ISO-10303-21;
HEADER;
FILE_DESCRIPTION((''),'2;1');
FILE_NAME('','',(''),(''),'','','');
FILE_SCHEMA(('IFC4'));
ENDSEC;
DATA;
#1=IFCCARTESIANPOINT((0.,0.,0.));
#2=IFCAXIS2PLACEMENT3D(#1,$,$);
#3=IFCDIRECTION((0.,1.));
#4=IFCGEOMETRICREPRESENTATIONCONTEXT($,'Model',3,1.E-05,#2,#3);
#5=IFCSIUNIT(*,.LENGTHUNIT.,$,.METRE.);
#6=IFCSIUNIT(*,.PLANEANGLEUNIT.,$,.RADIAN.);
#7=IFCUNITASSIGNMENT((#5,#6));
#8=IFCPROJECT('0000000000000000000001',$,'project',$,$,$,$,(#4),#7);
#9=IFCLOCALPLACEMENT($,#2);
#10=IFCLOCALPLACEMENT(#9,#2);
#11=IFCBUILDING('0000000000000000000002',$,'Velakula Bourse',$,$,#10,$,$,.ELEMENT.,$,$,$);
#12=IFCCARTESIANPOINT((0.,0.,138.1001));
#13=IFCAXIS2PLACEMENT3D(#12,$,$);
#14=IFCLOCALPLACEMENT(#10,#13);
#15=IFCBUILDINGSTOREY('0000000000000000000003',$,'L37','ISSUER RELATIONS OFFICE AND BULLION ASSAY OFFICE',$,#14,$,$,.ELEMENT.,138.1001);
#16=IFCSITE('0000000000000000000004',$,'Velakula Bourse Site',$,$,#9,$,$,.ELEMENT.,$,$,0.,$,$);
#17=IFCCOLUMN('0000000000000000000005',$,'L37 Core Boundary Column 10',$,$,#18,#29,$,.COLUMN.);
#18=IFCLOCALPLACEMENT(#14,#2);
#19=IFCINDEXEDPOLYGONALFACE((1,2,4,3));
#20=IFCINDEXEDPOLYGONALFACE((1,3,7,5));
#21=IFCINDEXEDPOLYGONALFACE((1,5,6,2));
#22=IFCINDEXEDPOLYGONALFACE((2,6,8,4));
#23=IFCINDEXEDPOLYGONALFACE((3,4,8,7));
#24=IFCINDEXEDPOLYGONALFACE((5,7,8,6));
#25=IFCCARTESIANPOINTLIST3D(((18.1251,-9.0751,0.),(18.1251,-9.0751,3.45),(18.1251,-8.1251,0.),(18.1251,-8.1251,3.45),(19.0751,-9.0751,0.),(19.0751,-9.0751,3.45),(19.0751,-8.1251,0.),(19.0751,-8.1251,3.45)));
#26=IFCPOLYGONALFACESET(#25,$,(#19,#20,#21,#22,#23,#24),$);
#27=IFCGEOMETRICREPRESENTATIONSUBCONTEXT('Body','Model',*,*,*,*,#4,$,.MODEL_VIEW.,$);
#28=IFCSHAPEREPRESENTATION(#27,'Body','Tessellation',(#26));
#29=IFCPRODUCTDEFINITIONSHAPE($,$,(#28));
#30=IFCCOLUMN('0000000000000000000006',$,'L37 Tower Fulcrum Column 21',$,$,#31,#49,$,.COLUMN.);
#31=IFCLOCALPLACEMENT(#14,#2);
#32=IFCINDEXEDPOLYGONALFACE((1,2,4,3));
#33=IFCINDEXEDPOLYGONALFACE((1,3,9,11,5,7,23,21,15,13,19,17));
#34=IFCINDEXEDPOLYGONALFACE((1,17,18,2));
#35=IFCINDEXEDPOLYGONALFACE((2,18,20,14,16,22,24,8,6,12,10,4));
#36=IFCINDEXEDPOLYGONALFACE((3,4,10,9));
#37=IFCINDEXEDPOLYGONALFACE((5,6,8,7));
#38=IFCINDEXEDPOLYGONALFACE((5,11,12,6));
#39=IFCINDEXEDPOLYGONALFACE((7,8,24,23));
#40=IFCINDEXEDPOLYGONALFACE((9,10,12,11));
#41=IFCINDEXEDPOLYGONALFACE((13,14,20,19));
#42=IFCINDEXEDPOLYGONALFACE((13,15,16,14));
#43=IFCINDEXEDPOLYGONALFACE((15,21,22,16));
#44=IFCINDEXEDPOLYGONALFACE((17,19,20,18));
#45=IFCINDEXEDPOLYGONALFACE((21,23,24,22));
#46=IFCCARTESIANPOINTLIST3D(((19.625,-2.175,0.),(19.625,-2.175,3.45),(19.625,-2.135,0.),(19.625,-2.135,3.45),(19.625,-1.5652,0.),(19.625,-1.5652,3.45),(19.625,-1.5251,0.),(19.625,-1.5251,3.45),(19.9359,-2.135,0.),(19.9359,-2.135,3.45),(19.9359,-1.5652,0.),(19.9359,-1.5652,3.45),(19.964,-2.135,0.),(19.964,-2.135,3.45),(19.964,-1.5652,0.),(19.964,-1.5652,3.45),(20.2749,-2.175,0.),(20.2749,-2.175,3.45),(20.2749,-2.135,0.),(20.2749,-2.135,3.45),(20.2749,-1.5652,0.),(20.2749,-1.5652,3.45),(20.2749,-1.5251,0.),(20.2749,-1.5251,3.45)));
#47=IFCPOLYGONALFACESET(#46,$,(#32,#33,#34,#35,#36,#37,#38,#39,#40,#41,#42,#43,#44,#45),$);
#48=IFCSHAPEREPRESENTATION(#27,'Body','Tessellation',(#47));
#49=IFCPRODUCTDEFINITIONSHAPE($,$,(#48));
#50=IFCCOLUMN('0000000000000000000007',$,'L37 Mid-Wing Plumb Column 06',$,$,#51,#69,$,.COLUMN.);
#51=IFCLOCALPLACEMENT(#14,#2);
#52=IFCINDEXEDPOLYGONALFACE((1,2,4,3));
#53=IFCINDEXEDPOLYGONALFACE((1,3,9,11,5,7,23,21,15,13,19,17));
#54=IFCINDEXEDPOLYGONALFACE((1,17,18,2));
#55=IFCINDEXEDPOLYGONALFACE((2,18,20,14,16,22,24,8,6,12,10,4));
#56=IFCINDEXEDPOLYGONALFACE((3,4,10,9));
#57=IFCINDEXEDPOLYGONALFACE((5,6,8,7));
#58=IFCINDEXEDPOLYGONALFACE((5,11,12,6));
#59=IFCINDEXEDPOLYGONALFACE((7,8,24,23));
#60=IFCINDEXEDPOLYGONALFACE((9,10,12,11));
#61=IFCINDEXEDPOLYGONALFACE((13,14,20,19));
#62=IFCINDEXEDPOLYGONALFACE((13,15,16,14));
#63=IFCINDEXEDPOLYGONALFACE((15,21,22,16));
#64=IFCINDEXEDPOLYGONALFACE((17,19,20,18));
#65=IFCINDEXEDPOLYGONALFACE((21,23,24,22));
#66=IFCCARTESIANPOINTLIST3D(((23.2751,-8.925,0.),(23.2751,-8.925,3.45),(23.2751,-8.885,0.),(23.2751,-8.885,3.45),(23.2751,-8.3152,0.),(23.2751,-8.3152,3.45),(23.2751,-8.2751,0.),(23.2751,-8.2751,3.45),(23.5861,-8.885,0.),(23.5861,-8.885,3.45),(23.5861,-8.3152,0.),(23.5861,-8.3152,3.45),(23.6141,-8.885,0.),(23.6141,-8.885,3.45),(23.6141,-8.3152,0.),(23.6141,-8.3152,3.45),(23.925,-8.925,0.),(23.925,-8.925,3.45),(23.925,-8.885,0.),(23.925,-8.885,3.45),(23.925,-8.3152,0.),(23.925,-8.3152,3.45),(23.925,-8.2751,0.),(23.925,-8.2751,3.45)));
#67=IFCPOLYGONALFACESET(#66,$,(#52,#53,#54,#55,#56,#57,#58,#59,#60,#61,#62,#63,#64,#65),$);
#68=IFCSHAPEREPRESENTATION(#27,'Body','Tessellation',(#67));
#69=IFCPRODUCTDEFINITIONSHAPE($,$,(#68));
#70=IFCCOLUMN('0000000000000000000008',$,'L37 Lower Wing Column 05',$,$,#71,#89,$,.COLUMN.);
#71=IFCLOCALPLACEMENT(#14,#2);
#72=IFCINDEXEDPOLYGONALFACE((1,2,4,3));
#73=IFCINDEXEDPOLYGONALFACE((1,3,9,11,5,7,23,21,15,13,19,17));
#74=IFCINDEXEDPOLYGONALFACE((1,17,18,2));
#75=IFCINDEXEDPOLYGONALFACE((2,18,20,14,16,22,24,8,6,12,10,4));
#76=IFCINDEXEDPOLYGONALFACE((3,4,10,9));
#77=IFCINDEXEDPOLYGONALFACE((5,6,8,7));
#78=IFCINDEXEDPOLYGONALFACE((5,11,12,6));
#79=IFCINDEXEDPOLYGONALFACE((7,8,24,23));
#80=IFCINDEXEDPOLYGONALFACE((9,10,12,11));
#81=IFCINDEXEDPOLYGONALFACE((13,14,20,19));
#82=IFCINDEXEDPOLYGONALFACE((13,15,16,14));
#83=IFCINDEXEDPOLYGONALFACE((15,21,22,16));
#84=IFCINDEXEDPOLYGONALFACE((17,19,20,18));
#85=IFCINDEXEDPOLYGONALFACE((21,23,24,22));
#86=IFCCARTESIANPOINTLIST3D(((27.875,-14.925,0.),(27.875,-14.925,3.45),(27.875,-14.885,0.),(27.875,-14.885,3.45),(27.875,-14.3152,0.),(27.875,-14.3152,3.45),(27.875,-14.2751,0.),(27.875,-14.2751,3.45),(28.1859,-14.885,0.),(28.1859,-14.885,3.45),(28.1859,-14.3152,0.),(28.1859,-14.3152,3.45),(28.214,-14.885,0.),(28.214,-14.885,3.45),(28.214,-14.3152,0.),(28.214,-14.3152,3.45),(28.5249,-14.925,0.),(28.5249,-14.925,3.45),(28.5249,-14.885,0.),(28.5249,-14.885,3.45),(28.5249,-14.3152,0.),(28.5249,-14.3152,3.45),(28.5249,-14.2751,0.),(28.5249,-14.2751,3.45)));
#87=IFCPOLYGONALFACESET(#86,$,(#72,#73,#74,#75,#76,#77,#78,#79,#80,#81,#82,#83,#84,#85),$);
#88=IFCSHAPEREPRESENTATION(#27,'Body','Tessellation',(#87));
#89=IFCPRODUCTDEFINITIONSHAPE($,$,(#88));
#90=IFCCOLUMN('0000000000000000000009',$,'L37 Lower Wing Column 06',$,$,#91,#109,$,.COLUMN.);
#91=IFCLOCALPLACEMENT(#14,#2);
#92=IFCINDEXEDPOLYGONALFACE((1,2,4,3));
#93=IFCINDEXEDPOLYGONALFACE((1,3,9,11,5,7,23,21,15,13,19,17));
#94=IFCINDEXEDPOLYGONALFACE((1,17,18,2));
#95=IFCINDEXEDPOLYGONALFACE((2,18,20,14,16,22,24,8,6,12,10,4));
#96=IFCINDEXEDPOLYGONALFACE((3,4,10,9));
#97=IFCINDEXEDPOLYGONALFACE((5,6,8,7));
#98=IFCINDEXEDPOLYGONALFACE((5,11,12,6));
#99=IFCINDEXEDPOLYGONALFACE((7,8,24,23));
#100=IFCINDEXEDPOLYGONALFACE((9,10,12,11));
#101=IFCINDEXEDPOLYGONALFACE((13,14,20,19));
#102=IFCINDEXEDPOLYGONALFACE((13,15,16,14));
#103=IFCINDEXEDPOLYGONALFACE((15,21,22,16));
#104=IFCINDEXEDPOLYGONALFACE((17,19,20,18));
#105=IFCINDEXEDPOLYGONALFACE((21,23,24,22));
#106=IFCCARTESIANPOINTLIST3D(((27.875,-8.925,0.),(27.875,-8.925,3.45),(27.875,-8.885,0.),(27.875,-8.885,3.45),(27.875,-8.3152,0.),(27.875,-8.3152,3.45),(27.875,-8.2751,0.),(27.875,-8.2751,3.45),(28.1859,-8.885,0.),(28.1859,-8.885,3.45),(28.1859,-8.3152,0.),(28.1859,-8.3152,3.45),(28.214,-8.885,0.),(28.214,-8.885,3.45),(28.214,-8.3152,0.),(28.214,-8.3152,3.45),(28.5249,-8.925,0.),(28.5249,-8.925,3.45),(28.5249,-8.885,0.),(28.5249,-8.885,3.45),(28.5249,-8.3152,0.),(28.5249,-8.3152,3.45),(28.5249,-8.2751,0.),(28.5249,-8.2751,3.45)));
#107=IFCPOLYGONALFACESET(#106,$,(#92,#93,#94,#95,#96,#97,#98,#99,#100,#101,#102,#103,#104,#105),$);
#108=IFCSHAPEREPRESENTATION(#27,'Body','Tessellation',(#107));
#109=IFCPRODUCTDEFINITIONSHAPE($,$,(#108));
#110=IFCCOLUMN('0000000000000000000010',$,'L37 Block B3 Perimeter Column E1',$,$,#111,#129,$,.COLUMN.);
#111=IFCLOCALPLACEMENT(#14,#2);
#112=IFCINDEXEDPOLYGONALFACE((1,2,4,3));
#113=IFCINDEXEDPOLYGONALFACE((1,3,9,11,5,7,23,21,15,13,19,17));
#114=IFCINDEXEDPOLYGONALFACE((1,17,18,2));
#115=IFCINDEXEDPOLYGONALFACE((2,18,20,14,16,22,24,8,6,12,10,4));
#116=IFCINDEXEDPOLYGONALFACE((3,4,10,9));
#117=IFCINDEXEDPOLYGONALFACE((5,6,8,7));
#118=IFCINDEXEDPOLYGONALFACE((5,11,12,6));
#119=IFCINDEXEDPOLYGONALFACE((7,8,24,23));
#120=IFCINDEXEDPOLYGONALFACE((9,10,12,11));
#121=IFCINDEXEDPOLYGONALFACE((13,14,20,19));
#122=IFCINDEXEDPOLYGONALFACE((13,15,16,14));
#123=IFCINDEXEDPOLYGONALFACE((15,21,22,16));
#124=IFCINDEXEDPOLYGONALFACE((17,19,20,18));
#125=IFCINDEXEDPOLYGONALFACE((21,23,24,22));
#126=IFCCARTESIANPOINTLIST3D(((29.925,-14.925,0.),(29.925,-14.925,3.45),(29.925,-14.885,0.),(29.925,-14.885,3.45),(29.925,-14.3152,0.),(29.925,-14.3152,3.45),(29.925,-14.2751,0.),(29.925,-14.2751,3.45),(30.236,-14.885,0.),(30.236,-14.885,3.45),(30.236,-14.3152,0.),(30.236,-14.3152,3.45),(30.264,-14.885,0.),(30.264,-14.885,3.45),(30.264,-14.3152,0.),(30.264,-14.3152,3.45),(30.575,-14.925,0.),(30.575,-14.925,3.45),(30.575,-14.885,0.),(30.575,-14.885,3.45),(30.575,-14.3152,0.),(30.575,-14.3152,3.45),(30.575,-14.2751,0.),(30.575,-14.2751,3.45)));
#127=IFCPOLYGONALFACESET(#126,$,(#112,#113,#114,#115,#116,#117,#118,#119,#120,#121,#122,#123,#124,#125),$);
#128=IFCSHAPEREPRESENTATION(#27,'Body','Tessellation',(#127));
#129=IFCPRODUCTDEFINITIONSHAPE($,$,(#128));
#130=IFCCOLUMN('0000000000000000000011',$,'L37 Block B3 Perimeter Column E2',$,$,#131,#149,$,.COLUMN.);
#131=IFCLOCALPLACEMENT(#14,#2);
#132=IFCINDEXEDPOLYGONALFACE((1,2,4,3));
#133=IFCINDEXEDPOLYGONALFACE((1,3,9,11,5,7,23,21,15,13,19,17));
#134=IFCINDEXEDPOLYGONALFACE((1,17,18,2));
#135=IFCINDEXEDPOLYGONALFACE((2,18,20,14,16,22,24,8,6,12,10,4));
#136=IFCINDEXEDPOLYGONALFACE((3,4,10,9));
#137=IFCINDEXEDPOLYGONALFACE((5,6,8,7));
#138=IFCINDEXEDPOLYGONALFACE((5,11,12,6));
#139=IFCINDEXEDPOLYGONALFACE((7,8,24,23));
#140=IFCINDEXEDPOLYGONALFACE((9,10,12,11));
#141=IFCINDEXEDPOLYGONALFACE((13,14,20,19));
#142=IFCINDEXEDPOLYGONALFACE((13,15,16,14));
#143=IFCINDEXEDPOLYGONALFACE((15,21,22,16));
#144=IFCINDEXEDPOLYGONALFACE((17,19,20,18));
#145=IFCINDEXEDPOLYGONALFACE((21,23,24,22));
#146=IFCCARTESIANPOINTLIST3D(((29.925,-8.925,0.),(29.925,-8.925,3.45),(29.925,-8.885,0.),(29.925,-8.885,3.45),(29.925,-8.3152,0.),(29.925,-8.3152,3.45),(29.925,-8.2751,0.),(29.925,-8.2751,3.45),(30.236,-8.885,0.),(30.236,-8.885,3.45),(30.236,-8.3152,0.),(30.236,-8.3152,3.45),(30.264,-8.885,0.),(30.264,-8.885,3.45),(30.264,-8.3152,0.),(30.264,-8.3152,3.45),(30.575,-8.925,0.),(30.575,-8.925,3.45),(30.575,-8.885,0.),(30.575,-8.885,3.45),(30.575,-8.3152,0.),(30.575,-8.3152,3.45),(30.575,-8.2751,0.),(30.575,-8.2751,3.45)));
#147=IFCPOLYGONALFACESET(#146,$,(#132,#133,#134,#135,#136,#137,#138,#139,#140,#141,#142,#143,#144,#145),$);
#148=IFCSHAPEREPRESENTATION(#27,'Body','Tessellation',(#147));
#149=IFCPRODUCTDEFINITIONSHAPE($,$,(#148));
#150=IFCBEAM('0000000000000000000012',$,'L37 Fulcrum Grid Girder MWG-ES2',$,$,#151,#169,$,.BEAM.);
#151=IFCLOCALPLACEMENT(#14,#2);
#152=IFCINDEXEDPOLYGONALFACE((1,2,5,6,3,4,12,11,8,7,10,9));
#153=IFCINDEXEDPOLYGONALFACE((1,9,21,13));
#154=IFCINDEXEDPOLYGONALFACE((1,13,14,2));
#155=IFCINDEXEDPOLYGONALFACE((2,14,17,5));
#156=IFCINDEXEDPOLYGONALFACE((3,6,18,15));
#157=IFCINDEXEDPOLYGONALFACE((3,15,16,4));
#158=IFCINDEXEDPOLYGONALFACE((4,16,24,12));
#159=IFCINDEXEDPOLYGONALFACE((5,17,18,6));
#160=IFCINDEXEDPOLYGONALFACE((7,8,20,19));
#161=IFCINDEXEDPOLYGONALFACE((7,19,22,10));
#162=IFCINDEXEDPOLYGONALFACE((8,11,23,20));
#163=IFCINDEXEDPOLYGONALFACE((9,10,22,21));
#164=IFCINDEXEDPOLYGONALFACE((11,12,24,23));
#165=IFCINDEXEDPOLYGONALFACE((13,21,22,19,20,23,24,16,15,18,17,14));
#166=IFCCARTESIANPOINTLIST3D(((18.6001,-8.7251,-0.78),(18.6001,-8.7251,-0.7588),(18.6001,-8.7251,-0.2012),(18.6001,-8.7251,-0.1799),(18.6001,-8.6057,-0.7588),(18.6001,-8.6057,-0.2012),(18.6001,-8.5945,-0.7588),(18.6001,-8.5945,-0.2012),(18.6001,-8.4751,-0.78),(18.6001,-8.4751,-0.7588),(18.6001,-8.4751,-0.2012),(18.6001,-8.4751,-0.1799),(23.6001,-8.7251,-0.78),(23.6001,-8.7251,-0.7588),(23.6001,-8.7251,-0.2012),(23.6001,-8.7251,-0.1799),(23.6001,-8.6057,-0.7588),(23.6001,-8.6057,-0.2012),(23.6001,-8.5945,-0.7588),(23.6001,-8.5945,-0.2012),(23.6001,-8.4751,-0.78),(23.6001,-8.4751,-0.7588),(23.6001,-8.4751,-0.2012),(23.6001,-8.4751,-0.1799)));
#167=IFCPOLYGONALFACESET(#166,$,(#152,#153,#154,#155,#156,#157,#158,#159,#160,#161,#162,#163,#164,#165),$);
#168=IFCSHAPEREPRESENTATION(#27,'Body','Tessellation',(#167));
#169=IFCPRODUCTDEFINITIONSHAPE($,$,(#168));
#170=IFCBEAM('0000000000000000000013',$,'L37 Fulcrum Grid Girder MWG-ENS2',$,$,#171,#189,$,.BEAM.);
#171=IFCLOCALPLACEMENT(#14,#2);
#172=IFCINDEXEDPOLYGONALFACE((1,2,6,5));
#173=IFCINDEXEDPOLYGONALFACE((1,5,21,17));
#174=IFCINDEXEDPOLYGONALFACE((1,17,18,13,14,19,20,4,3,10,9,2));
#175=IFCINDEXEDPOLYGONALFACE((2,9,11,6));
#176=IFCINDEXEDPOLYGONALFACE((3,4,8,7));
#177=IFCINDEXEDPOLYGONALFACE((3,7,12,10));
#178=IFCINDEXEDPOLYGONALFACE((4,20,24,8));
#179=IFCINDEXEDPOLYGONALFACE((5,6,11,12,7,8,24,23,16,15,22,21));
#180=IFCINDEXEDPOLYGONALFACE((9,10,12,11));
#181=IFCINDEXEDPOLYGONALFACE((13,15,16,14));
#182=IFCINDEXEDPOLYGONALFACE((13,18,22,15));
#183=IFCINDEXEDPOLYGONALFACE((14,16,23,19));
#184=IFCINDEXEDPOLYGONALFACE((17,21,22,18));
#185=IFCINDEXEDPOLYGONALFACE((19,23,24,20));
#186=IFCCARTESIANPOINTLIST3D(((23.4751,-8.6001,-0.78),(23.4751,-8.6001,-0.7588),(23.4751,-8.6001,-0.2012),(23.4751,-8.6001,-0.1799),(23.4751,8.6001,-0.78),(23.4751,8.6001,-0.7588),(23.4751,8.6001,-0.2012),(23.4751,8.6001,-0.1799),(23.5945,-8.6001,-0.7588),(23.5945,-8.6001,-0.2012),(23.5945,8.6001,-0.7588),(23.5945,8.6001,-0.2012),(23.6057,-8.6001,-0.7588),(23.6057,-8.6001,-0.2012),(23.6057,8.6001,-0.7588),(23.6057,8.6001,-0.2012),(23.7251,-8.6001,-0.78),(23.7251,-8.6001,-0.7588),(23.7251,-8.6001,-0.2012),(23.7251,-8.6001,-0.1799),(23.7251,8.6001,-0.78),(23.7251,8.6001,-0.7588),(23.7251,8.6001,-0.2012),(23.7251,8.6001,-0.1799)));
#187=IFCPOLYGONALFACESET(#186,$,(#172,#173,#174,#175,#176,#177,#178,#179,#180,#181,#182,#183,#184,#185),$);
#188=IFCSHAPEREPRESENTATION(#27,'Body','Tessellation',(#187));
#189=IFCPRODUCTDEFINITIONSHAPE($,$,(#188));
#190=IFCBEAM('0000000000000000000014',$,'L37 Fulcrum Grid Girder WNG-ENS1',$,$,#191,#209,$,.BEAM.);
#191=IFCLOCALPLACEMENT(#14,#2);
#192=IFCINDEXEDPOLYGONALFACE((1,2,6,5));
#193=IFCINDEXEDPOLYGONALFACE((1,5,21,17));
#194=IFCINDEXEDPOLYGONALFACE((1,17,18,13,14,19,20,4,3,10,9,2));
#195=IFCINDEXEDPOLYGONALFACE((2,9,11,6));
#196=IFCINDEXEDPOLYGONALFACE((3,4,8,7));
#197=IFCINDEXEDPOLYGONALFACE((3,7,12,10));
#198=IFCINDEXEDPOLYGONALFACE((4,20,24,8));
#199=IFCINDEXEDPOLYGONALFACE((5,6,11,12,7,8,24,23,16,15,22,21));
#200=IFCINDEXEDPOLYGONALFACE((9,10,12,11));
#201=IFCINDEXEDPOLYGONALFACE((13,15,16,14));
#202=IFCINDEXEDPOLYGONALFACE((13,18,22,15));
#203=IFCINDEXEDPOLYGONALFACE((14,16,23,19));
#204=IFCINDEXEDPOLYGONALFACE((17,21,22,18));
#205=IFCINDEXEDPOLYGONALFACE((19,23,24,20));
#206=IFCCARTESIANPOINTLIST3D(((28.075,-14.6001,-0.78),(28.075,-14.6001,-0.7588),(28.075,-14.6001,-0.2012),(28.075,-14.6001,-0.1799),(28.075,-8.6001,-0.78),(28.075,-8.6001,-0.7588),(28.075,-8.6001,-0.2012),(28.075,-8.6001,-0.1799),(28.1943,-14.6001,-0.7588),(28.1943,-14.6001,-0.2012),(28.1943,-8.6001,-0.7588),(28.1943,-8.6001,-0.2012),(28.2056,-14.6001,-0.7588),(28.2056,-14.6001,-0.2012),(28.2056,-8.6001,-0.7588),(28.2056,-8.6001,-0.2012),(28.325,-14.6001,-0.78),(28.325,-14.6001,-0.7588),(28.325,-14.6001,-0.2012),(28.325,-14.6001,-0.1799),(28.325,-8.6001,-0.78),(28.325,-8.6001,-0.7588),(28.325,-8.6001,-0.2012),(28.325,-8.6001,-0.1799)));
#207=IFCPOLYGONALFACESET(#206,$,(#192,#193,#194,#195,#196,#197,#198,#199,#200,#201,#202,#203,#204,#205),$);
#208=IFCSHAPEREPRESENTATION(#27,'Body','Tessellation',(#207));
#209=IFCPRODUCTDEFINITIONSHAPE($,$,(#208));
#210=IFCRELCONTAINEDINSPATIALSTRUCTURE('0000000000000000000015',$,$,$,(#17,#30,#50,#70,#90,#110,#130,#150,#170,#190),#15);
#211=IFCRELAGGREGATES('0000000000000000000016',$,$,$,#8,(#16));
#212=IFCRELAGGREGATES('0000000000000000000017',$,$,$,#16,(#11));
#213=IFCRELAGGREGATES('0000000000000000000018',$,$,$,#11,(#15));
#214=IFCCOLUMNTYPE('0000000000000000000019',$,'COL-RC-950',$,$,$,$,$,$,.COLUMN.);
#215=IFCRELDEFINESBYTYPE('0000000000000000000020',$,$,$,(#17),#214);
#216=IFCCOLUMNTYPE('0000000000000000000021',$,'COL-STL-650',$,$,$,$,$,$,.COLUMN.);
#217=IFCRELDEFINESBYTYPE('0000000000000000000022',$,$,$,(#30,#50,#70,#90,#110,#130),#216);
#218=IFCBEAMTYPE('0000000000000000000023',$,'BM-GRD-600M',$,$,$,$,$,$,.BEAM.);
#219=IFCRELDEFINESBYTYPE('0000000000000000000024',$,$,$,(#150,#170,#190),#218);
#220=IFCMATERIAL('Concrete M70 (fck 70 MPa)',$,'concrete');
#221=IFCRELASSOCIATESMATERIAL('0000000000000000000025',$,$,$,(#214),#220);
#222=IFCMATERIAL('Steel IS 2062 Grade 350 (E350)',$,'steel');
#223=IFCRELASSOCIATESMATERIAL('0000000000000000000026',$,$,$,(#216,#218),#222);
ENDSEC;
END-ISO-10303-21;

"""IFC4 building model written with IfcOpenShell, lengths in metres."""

from ifc_helpers import new_model, si_unit, direction, frame, origin, origin_2d, place, context, subcontext, project, spatial, rectangle, i_section, extrude, material, material_profile, profile_set, type_object, element, save


model = new_model("IFC4")

# Units and contexts
model_context = context("Model", 3, precision=1e-05, world=origin(), true_north=direction((0.0, 1.0)))
body_context = subcontext(model_context, "Body", "Model", "MODEL_VIEW")
ifc_project = project(units=[si_unit("LENGTHUNIT", "METRE"), si_unit("PLANEANGLEUNIT", "RADIAN")], contexts=[model_context])

# Site, building, storey
site_placement = place(None, origin())
site = spatial("IfcSite", under=ifc_project, at=site_placement, Name="Velakula Bourse Site", CompositionType="ELEMENT", RefElevation=0.0)
building_placement = place(site_placement, origin())
building = spatial("IfcBuilding", under=site, at=building_placement, Name="Velakula Bourse", CompositionType="ELEMENT")
storey_placement = place(building_placement, frame((0.0, 0.0, 138.1001)))
storey = spatial("IfcBuildingStorey", under=building, at=storey_placement, Name="L37", Description="ISSUER RELATIONS OFFICE AND BULLION ASSAY OFFICE", CompositionType="ELEMENT", Elevation=138.1001)

# Columns
ifc_material_1 = material(Name="Concrete M70 (fck 70 MPa)", Category="concrete")
ifc_material_profile_1 = material_profile(ifc_material_1, rectangle(XDim=0.95, YDim=0.95, at=origin_2d()), Name="Concrete M70 (fck 70 MPa)")
ifc_profile_set_1 = profile_set([ifc_material_profile_1], Name="Concrete M70 (fck 70 MPa)")
column_type_1 = type_object("IfcColumnType", Name="COL-RC-950", PredefinedType="COLUMN", material=ifc_profile_set_1)
column_placement = place(storey_placement, frame((18.6001, -8.6001, 0.0), z_axis=(0.0, 0.0, 1.0), x_axis=(1.0, 0.0, 0.0)))
element("IfcColumn", 1, at=column_placement, inside=storey, type_object=column_type_1, Name="L37 Core Boundary Column 10", PredefinedType="COLUMN", context=body_context, shape_type="SweptSolid", body=[
    extrude(rectangle(XDim=0.95, YDim=0.95, at=origin_2d()), origin(), (0.0, 0.0, 1.0), 3.45),
])
ifc_material_2 = material(Name="Steel IS 2062 Grade 350 (E350)", Category="steel")
ifc_material_profile_2 = material_profile(ifc_material_2, i_section(OverallWidth=0.6499, OverallDepth=0.6499, WebThickness=0.0281, FlangeThickness=0.04, at=origin_2d()), Name="Steel IS 2062 Grade 350 (E350)")
ifc_profile_set_2 = profile_set([ifc_material_profile_2], Name="Steel IS 2062 Grade 350 (E350)")
column_type_2 = type_object("IfcColumnType", Name="COL-STL-650", PredefinedType="COLUMN", material=ifc_profile_set_2)
for number, where, z_axis, x_axis, name in (
    (2, (19.95, -1.8501, 0.0), (0.0, 0.0, 1.0), (1.0, 0.0, 0.0), "L37 Tower Fulcrum Column 21"),
    (3, (23.6001, -8.6001, 0.0), (0.0, 0.0, 1.0), (1.0, 0.0, 0.0), "L37 Mid-Wing Plumb Column 06"),
    (4, (28.2, -14.6001, 0.0), (0.0, 0.0, 1.0), (1.0, 0.0, 0.0), "L37 Lower Wing Column 05"),
    (5, (28.2, -8.6001, 0.0), (0.0, 0.0, 1.0), (1.0, 0.0, 0.0), "L37 Lower Wing Column 06"),
    (6, (30.25, -14.6001, 0.0), (0.0, 0.0, 1.0), (1.0, 0.0, 0.0), "L37 Block B3 Perimeter Column E1"),
    (7, (30.25, -8.6001, 0.0), (0.0, 0.0, 1.0), (1.0, 0.0, 0.0), "L37 Block B3 Perimeter Column E2"),
):
    element("IfcColumn", number, at=place(storey_placement, frame(where, z_axis=z_axis, x_axis=x_axis)), inside=storey, type_object=column_type_2, Name=name, PredefinedType="COLUMN", context=body_context, shape_type="SweptSolid", body=[
        extrude(i_section(OverallWidth=0.6499, OverallDepth=0.6499, WebThickness=0.0281, FlangeThickness=0.04, at=origin_2d()), origin(), (0.0, 0.0, 1.0), 3.45),
    ])

# Beams
ifc_material_profile_3 = material_profile(ifc_material_2, i_section(OverallWidth=0.25, OverallDepth=0.6001, WebThickness=0.0112, FlangeThickness=0.0212, at=origin_2d()), Name="Steel IS 2062 Grade 350 (E350)")
ifc_profile_set_3 = profile_set([ifc_material_profile_3], Name="Steel IS 2062 Grade 350 (E350)")
beam_type_1 = type_object("IfcBeamType", Name="BM-GRD-600M", PredefinedType="BEAM", material=ifc_profile_set_3)
beam_1_placement = place(storey_placement, frame((18.6001, -8.6001, -0.48), z_axis=(1.0, 0.0, 0.0), x_axis=(0.0, 1.0, 0.0)))
element("IfcBeam", 8, at=beam_1_placement, inside=storey, type_object=beam_type_1, Name="L37 Fulcrum Grid Girder MWG-ES2", PredefinedType="BEAM", context=body_context, shape_type="SweptSolid", body=[
    extrude(i_section(OverallWidth=0.25, OverallDepth=0.6001, WebThickness=0.0112, FlangeThickness=0.0212, at=origin_2d()), origin(), (0.0, 0.0, 1.0), 5.0),
])
beam_2_placement = place(storey_placement, frame((23.6001, -8.6001, -0.48), z_axis=(0.0, 1.0, 0.0), x_axis=(-1.0, 0.0, 0.0)))
element("IfcBeam", 9, at=beam_2_placement, inside=storey, type_object=beam_type_1, Name="L37 Fulcrum Grid Girder MWG-ENS2", PredefinedType="BEAM", context=body_context, shape_type="SweptSolid", body=[
    extrude(i_section(OverallWidth=0.25, OverallDepth=0.6001, WebThickness=0.0112, FlangeThickness=0.0212, at=origin_2d()), origin(), (0.0, 0.0, 1.0), 17.2002),
])
beam_3_placement = place(storey_placement, frame((28.2, -14.6001, -0.48), z_axis=(0.0, 1.0, 0.0), x_axis=(-1.0, 0.0, 0.0)))
element("IfcBeam", 10, at=beam_3_placement, inside=storey, type_object=beam_type_1, Name="L37 Fulcrum Grid Girder WNG-ENS1", PredefinedType="BEAM", context=body_context, shape_type="SweptSolid", body=[
    extrude(i_section(OverallWidth=0.25, OverallDepth=0.6001, WebThickness=0.0112, FlangeThickness=0.0212, at=origin_2d()), origin(), (0.0, 0.0, 1.0), 6.0),
])

save(model, "model.ifc")
